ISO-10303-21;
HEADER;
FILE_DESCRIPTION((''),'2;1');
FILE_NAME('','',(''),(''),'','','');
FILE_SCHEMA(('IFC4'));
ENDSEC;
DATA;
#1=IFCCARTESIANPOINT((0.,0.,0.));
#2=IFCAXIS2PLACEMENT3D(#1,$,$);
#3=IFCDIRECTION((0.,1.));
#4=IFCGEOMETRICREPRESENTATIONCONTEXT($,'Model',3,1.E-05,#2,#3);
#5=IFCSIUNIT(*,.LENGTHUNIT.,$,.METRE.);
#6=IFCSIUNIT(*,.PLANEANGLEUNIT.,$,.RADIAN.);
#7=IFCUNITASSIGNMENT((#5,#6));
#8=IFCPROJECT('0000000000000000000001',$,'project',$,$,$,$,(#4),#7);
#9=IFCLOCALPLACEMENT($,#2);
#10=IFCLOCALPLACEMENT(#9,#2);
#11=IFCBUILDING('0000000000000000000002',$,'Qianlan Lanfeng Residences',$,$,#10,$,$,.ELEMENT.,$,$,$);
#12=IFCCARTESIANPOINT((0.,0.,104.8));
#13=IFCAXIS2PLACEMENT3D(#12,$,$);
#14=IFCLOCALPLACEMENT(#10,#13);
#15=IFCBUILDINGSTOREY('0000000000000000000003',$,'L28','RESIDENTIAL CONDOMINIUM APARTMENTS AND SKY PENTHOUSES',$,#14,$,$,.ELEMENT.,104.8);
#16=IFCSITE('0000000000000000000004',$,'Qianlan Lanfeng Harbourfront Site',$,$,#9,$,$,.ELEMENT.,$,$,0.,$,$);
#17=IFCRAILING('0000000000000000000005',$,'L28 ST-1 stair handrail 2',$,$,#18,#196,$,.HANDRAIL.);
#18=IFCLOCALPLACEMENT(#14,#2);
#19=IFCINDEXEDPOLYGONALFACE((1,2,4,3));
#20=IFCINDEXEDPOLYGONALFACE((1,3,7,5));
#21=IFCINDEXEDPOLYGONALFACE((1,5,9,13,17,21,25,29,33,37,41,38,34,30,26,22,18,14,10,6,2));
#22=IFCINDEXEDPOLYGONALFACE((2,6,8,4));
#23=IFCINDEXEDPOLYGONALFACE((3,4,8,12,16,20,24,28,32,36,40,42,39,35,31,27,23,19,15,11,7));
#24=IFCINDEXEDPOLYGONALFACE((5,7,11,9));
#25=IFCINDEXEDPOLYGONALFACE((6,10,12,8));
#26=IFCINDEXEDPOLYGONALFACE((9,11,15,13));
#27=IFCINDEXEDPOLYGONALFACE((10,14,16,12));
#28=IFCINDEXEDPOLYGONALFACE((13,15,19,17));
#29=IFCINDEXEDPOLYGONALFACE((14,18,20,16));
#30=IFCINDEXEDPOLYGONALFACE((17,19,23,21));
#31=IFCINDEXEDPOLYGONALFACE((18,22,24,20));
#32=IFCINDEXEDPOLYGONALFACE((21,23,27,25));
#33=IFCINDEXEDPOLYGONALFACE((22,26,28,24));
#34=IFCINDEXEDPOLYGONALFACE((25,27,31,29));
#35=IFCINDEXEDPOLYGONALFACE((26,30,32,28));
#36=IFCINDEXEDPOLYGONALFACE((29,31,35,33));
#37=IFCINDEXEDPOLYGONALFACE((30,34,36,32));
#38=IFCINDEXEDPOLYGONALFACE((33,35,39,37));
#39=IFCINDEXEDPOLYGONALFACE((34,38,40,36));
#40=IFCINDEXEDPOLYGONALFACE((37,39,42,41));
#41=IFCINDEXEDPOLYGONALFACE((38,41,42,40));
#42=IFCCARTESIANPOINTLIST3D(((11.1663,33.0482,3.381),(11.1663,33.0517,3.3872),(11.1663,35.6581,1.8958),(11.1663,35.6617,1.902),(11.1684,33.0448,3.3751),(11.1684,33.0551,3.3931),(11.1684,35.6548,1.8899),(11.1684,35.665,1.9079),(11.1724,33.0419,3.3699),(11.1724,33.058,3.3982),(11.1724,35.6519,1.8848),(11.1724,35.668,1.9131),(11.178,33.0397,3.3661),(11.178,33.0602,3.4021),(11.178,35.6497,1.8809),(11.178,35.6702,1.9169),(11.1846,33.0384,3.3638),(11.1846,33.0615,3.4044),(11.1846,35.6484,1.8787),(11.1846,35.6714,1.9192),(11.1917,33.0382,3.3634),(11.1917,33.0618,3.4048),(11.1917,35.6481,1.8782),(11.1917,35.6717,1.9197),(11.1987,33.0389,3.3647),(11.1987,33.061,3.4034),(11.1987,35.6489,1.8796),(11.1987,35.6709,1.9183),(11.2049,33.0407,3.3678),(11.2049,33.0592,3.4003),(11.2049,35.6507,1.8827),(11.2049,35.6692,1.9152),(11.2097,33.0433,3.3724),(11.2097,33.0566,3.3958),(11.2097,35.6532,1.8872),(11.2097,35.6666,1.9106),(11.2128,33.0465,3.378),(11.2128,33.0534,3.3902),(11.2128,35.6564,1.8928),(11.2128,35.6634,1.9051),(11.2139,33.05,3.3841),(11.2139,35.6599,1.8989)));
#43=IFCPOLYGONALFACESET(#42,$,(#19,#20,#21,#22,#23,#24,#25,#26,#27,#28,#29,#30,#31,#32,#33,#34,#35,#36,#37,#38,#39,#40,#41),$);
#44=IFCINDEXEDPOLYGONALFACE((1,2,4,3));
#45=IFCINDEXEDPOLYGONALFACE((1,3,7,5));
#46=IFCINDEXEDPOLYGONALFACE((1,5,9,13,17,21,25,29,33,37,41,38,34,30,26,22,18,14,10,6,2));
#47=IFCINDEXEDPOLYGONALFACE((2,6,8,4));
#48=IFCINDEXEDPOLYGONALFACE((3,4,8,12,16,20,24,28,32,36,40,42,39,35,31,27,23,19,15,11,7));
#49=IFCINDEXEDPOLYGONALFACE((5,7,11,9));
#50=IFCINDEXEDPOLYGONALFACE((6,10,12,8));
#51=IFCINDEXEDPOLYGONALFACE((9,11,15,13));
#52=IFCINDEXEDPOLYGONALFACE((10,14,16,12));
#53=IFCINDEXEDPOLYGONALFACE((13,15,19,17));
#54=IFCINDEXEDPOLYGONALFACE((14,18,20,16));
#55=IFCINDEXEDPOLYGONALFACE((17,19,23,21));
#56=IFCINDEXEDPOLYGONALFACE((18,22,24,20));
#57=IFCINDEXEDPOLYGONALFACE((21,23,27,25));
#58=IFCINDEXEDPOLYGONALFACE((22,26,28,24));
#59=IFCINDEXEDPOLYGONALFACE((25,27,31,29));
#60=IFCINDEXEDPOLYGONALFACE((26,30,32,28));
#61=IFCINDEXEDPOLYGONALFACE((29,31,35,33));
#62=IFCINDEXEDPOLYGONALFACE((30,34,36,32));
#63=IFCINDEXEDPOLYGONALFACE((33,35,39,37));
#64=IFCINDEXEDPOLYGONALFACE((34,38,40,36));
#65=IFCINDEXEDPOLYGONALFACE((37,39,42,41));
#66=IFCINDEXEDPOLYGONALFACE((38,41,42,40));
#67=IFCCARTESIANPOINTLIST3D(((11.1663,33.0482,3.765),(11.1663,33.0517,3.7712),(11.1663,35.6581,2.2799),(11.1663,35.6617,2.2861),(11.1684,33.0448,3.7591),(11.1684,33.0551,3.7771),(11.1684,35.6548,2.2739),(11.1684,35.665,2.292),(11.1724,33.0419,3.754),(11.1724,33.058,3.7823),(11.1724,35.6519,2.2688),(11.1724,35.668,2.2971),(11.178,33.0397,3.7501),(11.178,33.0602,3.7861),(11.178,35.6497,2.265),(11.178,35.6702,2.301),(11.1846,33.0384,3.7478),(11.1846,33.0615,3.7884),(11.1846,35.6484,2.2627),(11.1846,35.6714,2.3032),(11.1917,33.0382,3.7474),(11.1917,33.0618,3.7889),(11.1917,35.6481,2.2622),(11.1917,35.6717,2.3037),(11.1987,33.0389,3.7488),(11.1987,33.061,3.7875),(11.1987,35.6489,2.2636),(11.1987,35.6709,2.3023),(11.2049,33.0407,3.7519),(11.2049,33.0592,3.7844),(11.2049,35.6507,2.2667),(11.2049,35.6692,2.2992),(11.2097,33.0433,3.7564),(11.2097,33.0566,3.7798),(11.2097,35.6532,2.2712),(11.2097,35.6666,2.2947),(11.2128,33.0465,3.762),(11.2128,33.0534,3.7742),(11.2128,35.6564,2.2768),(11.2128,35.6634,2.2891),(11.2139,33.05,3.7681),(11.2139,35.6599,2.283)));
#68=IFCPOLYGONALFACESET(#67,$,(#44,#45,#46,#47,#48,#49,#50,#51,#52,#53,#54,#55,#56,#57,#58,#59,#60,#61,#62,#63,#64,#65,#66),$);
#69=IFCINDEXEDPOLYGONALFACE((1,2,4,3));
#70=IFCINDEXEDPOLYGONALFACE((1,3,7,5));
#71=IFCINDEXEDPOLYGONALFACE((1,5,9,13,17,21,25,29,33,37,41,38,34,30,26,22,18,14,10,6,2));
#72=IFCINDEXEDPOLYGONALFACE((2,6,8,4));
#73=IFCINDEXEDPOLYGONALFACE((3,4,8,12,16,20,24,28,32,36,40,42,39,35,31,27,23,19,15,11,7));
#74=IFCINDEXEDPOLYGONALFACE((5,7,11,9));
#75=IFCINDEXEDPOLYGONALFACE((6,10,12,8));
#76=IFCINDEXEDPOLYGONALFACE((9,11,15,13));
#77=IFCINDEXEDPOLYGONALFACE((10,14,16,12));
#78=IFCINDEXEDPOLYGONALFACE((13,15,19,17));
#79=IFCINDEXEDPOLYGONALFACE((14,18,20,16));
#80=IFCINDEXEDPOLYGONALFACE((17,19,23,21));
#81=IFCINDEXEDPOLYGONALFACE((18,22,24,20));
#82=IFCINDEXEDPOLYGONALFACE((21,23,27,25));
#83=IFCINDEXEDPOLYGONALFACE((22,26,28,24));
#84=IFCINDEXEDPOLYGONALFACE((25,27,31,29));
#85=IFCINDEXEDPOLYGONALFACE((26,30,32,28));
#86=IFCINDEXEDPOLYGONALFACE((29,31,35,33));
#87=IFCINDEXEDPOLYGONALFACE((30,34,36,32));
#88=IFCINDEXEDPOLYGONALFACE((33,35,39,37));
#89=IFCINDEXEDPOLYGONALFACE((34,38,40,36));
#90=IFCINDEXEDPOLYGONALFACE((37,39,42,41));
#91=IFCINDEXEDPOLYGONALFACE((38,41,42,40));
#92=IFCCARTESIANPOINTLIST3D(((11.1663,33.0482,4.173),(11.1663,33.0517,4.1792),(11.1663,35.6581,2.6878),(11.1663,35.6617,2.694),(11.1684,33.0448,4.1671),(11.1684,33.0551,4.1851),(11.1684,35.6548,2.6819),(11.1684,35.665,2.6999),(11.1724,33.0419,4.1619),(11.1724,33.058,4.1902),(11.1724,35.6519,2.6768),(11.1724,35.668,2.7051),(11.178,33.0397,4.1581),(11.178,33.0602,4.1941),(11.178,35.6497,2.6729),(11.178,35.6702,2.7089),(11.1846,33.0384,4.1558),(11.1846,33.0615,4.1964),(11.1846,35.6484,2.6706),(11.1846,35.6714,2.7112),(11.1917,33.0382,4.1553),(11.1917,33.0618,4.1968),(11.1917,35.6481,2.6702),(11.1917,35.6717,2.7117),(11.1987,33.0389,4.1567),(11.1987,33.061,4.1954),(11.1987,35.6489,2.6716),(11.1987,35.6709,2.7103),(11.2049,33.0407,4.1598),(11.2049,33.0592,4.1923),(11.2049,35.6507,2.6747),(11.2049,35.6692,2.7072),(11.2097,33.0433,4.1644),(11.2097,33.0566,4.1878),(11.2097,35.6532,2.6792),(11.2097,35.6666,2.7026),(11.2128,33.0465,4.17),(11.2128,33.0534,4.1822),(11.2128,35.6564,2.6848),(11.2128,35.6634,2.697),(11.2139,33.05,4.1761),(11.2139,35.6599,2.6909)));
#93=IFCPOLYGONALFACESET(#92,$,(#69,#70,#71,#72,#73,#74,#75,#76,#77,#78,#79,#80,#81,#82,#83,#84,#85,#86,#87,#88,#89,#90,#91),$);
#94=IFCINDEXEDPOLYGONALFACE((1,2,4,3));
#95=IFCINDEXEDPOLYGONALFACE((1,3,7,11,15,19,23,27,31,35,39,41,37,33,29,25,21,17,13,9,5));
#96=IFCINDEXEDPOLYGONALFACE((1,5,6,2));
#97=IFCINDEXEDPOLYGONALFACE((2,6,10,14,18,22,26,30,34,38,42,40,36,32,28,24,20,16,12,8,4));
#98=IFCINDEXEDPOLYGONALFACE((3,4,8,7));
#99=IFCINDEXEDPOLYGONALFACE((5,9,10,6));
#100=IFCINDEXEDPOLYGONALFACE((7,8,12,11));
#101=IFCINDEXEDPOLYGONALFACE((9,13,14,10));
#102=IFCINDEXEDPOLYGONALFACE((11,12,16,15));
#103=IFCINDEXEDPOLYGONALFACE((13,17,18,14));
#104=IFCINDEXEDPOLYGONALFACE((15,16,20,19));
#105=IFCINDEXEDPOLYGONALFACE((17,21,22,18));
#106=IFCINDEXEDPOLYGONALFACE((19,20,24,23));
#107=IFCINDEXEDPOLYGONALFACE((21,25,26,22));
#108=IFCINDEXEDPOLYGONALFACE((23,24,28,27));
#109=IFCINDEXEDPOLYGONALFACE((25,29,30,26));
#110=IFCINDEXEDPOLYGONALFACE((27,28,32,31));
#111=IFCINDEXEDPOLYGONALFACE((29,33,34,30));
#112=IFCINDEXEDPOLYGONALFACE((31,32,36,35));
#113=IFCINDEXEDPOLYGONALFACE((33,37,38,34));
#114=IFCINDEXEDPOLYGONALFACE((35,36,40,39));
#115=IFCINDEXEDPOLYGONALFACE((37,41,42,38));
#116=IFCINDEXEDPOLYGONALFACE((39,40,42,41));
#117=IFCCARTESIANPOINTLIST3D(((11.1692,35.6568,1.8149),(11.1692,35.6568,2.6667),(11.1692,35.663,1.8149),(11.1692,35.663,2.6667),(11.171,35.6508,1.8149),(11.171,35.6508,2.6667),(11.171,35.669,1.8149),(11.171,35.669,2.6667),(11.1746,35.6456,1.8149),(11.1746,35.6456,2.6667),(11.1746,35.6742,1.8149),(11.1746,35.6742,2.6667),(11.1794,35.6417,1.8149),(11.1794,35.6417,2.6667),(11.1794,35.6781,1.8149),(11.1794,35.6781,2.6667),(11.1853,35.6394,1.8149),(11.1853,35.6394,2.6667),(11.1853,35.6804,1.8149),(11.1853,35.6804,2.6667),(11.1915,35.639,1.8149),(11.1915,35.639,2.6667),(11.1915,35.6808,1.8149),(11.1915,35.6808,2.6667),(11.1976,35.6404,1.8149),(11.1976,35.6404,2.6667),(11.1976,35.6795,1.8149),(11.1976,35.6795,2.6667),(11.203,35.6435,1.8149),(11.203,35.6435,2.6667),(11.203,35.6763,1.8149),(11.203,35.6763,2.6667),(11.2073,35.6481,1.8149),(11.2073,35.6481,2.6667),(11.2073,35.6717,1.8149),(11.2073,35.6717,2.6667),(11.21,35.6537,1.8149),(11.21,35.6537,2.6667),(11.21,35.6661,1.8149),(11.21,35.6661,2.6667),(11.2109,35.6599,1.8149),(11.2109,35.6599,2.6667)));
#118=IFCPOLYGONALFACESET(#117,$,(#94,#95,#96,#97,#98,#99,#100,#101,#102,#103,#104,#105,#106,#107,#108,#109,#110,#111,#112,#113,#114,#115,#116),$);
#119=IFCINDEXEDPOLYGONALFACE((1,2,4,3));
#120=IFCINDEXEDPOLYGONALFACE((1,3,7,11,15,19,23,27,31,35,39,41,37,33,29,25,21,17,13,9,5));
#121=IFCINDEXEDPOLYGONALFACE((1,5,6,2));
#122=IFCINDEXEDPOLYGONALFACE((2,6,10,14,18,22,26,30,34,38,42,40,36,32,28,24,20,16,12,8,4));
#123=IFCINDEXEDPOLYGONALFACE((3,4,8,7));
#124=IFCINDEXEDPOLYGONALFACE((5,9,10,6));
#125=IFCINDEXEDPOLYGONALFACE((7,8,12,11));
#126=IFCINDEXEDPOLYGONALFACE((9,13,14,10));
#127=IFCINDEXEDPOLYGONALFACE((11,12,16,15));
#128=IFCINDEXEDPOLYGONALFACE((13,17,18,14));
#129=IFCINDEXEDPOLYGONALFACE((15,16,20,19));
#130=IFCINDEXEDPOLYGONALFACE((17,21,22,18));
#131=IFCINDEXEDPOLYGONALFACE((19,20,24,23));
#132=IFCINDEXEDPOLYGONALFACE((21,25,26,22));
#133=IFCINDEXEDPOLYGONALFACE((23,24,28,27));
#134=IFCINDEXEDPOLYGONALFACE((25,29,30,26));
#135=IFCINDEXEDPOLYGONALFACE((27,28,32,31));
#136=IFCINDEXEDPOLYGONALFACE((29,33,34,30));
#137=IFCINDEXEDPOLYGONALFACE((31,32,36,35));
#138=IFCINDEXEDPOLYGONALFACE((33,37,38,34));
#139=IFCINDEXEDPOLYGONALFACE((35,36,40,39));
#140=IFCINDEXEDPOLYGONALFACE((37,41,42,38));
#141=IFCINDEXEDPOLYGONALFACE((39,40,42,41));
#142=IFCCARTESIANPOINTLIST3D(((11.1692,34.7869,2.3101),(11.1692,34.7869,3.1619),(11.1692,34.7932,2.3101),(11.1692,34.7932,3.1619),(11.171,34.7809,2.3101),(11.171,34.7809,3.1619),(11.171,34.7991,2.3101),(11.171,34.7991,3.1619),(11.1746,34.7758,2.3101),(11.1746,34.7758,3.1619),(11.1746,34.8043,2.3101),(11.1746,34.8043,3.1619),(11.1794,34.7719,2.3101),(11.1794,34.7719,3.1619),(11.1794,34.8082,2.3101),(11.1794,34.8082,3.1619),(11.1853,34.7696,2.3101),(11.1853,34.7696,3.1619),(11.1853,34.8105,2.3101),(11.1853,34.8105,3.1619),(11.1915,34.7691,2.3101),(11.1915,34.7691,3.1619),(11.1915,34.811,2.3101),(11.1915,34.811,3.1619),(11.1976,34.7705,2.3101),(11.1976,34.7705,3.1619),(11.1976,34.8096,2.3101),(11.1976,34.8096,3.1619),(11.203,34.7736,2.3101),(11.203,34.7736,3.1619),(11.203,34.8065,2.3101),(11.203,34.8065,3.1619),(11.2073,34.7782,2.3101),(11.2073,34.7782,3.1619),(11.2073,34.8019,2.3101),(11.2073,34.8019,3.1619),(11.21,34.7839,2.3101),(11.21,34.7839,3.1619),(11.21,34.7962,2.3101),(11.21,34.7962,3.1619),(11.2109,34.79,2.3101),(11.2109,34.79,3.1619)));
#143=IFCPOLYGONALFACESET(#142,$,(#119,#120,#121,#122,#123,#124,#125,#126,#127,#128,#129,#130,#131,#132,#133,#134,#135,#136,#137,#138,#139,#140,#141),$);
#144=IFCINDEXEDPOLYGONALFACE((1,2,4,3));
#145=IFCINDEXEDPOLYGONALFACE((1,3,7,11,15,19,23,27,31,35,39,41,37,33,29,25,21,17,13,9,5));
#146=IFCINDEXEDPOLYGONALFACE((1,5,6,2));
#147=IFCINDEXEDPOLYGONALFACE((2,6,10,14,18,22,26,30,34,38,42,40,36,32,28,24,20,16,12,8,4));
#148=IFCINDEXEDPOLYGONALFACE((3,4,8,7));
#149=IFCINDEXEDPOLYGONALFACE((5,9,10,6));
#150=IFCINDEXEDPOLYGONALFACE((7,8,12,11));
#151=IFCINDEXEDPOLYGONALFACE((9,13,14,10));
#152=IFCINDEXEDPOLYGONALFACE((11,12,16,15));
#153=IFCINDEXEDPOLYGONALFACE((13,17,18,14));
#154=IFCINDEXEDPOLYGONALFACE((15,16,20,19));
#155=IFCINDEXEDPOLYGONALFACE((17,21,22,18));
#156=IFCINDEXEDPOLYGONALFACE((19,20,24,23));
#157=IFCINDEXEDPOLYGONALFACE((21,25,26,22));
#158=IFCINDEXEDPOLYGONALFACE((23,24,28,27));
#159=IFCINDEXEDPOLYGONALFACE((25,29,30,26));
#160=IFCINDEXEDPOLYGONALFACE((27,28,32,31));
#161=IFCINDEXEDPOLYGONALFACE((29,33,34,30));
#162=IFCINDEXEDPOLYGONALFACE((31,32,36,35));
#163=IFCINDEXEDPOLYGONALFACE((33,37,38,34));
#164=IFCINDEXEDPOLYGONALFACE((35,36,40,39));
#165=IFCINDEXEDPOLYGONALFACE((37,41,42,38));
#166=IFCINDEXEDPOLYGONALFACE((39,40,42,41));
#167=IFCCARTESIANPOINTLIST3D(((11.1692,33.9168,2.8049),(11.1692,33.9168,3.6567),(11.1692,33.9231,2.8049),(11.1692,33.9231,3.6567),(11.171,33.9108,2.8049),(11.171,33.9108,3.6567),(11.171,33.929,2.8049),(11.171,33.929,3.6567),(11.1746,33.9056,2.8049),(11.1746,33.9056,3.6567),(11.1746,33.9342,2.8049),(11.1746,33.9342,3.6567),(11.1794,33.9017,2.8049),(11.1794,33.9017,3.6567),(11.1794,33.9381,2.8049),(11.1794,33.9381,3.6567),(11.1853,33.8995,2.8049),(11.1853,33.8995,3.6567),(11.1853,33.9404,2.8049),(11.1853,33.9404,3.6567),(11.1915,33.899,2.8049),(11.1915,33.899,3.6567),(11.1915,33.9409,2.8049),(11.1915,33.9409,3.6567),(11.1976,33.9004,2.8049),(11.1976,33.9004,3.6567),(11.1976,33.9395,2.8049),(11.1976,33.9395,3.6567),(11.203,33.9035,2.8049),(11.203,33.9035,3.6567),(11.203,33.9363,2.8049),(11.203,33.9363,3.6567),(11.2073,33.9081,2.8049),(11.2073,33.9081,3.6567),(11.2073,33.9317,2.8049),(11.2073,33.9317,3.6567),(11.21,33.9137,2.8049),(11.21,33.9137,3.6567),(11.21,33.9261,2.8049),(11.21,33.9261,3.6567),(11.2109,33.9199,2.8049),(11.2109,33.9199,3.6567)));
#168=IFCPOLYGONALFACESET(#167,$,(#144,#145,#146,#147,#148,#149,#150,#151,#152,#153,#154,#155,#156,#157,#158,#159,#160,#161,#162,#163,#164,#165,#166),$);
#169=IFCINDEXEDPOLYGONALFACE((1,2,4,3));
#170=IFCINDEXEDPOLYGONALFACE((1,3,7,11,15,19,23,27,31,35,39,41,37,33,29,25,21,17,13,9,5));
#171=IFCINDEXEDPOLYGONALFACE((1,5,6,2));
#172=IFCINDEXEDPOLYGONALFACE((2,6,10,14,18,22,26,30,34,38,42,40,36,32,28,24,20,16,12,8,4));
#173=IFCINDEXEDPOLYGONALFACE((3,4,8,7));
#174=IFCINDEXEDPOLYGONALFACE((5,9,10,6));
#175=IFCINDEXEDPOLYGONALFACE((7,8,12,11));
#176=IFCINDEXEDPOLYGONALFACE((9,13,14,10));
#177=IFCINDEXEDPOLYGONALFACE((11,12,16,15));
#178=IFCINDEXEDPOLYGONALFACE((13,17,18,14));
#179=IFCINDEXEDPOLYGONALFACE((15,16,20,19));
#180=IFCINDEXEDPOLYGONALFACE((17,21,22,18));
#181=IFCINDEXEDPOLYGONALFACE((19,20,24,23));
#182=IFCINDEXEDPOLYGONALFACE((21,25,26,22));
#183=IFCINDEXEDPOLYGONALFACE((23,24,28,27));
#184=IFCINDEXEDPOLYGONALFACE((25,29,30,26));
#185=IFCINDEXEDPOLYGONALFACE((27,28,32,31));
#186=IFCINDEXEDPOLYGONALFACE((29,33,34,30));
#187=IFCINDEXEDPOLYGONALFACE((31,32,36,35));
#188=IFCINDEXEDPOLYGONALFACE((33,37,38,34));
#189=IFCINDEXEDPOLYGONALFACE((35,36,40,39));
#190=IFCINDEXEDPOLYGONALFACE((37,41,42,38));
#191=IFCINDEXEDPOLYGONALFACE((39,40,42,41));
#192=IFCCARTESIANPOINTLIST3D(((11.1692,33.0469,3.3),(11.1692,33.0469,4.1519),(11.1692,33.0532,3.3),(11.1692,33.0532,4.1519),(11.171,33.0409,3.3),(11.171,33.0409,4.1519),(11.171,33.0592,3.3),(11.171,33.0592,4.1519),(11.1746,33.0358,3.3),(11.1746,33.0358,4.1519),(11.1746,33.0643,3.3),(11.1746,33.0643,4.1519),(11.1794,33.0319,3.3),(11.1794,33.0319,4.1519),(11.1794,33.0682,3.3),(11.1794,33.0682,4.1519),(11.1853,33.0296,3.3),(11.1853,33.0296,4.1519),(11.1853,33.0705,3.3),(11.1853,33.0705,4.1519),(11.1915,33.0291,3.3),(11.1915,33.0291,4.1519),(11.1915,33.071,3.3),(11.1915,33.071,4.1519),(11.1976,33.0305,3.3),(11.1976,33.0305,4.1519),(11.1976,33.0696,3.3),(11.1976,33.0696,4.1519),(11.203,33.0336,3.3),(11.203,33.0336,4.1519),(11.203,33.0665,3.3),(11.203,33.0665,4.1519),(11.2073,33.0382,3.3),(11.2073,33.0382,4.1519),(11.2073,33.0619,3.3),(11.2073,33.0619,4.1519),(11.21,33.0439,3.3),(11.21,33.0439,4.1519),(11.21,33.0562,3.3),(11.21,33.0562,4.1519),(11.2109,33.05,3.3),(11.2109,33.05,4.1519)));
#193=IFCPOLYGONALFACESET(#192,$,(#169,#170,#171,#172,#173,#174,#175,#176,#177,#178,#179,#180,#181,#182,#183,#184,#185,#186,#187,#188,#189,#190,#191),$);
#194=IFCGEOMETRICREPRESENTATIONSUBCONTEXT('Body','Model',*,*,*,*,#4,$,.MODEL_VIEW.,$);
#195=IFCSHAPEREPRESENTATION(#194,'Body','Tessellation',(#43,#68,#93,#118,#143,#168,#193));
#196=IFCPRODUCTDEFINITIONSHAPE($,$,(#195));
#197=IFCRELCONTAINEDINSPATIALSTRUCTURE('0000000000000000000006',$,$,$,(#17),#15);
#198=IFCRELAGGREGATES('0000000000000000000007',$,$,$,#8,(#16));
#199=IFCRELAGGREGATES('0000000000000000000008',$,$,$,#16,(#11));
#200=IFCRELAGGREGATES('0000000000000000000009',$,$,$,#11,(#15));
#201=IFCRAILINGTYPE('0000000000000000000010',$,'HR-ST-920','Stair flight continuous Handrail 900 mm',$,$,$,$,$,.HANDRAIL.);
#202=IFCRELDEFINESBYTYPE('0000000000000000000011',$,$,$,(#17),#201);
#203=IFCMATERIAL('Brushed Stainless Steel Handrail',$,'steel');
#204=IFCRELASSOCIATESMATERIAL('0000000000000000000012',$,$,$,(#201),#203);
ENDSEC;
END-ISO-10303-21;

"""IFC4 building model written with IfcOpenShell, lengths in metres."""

from ifc_helpers import new_model, si_unit, direction, frame, origin, origin_2d, place, context, subcontext, project, spatial, circle, extrude, material, type_object, element, save


model = new_model("IFC4")

# Units and contexts
model_context = context("Model", 3, precision=1e-05, world=origin(), true_north=direction((0.0, 1.0)))
body_context = subcontext(model_context, "Body", "Model", "MODEL_VIEW")
ifc_project = project(units=[si_unit("LENGTHUNIT", "METRE"), si_unit("PLANEANGLEUNIT", "RADIAN")], contexts=[model_context])

# Site, building, storey
site_placement = place(None, origin())
site = spatial("IfcSite", under=ifc_project, at=site_placement, Name="Qianlan Lanfeng Harbourfront Site", CompositionType="ELEMENT", RefElevation=0.0)
building_placement = place(site_placement, origin())
building = spatial("IfcBuilding", under=site, at=building_placement, Name="Qianlan Lanfeng Residences", CompositionType="ELEMENT")
storey_placement = place(building_placement, frame((0.0, 0.0, 104.8)))
storey = spatial("IfcBuildingStorey", under=building, at=storey_placement, Name="L28", Description="RESIDENTIAL CONDOMINIUM APARTMENTS AND SKY PENTHOUSES", CompositionType="ELEMENT", Elevation=104.8)

# Railing
ifc_material_1 = material(Name="Brushed Stainless Steel Handrail", Category="steel")
railing_type_1 = type_object("IfcRailingType", Name="HR-ST-920", Description="Stair flight continuous Handrail 900 mm", PredefinedType="HANDRAIL", material=ifc_material_1)
railing_1_placement = place(storey_placement, frame((11.1899, 35.6599, 1.8149)))
element("IfcRailing", 1, at=railing_1_placement, inside=storey, type_object=railing_type_1, Name="L28 ST-1 stair handrail 2", PredefinedType="HANDRAIL", context=body_context, shape_type="SweptSolid", body=[
    extrude(circle(Radius=0.0239, at=origin_2d()), frame((0.0, 0.0, 0.084), z_axis=(0.0, -0.869137, 0.494571), x_axis=(1.0, 0.0, 0.0)), (0.0, 0.0, 1.0), 3.0029),
    extrude(circle(Radius=0.0239, at=origin_2d()), frame((0.0, 0.0, 0.468), z_axis=(0.0, -0.869137, 0.494571), x_axis=(1.0, 0.0, 0.0)), (0.0, 0.0, 1.0), 3.0029),
    extrude(circle(Radius=0.0239, at=origin_2d()), frame((0.0, 0.0, 0.876), z_axis=(0.0, -0.869137, 0.494571), x_axis=(1.0, 0.0, 0.0)), (0.0, 0.0, 1.0), 3.0029),
    extrude(circle(Radius=0.021, at=origin_2d()), origin(), (0.0, 0.0, 1.0), 0.8518),
    extrude(circle(Radius=0.021, at=origin_2d()), frame((0.0, -0.8699, 0.4951)), (0.0, 0.0, 1.0), 0.8518),
    extrude(circle(Radius=0.021, at=origin_2d()), frame((0.0, -1.74, 0.99)), (0.0, 0.0, 1.0), 0.8518),
    extrude(circle(Radius=0.021, at=origin_2d()), frame((0.0, -2.6099, 1.4851)), (0.0, 0.0, 1.0), 0.8518),
])

save(model, "model.ifc")
